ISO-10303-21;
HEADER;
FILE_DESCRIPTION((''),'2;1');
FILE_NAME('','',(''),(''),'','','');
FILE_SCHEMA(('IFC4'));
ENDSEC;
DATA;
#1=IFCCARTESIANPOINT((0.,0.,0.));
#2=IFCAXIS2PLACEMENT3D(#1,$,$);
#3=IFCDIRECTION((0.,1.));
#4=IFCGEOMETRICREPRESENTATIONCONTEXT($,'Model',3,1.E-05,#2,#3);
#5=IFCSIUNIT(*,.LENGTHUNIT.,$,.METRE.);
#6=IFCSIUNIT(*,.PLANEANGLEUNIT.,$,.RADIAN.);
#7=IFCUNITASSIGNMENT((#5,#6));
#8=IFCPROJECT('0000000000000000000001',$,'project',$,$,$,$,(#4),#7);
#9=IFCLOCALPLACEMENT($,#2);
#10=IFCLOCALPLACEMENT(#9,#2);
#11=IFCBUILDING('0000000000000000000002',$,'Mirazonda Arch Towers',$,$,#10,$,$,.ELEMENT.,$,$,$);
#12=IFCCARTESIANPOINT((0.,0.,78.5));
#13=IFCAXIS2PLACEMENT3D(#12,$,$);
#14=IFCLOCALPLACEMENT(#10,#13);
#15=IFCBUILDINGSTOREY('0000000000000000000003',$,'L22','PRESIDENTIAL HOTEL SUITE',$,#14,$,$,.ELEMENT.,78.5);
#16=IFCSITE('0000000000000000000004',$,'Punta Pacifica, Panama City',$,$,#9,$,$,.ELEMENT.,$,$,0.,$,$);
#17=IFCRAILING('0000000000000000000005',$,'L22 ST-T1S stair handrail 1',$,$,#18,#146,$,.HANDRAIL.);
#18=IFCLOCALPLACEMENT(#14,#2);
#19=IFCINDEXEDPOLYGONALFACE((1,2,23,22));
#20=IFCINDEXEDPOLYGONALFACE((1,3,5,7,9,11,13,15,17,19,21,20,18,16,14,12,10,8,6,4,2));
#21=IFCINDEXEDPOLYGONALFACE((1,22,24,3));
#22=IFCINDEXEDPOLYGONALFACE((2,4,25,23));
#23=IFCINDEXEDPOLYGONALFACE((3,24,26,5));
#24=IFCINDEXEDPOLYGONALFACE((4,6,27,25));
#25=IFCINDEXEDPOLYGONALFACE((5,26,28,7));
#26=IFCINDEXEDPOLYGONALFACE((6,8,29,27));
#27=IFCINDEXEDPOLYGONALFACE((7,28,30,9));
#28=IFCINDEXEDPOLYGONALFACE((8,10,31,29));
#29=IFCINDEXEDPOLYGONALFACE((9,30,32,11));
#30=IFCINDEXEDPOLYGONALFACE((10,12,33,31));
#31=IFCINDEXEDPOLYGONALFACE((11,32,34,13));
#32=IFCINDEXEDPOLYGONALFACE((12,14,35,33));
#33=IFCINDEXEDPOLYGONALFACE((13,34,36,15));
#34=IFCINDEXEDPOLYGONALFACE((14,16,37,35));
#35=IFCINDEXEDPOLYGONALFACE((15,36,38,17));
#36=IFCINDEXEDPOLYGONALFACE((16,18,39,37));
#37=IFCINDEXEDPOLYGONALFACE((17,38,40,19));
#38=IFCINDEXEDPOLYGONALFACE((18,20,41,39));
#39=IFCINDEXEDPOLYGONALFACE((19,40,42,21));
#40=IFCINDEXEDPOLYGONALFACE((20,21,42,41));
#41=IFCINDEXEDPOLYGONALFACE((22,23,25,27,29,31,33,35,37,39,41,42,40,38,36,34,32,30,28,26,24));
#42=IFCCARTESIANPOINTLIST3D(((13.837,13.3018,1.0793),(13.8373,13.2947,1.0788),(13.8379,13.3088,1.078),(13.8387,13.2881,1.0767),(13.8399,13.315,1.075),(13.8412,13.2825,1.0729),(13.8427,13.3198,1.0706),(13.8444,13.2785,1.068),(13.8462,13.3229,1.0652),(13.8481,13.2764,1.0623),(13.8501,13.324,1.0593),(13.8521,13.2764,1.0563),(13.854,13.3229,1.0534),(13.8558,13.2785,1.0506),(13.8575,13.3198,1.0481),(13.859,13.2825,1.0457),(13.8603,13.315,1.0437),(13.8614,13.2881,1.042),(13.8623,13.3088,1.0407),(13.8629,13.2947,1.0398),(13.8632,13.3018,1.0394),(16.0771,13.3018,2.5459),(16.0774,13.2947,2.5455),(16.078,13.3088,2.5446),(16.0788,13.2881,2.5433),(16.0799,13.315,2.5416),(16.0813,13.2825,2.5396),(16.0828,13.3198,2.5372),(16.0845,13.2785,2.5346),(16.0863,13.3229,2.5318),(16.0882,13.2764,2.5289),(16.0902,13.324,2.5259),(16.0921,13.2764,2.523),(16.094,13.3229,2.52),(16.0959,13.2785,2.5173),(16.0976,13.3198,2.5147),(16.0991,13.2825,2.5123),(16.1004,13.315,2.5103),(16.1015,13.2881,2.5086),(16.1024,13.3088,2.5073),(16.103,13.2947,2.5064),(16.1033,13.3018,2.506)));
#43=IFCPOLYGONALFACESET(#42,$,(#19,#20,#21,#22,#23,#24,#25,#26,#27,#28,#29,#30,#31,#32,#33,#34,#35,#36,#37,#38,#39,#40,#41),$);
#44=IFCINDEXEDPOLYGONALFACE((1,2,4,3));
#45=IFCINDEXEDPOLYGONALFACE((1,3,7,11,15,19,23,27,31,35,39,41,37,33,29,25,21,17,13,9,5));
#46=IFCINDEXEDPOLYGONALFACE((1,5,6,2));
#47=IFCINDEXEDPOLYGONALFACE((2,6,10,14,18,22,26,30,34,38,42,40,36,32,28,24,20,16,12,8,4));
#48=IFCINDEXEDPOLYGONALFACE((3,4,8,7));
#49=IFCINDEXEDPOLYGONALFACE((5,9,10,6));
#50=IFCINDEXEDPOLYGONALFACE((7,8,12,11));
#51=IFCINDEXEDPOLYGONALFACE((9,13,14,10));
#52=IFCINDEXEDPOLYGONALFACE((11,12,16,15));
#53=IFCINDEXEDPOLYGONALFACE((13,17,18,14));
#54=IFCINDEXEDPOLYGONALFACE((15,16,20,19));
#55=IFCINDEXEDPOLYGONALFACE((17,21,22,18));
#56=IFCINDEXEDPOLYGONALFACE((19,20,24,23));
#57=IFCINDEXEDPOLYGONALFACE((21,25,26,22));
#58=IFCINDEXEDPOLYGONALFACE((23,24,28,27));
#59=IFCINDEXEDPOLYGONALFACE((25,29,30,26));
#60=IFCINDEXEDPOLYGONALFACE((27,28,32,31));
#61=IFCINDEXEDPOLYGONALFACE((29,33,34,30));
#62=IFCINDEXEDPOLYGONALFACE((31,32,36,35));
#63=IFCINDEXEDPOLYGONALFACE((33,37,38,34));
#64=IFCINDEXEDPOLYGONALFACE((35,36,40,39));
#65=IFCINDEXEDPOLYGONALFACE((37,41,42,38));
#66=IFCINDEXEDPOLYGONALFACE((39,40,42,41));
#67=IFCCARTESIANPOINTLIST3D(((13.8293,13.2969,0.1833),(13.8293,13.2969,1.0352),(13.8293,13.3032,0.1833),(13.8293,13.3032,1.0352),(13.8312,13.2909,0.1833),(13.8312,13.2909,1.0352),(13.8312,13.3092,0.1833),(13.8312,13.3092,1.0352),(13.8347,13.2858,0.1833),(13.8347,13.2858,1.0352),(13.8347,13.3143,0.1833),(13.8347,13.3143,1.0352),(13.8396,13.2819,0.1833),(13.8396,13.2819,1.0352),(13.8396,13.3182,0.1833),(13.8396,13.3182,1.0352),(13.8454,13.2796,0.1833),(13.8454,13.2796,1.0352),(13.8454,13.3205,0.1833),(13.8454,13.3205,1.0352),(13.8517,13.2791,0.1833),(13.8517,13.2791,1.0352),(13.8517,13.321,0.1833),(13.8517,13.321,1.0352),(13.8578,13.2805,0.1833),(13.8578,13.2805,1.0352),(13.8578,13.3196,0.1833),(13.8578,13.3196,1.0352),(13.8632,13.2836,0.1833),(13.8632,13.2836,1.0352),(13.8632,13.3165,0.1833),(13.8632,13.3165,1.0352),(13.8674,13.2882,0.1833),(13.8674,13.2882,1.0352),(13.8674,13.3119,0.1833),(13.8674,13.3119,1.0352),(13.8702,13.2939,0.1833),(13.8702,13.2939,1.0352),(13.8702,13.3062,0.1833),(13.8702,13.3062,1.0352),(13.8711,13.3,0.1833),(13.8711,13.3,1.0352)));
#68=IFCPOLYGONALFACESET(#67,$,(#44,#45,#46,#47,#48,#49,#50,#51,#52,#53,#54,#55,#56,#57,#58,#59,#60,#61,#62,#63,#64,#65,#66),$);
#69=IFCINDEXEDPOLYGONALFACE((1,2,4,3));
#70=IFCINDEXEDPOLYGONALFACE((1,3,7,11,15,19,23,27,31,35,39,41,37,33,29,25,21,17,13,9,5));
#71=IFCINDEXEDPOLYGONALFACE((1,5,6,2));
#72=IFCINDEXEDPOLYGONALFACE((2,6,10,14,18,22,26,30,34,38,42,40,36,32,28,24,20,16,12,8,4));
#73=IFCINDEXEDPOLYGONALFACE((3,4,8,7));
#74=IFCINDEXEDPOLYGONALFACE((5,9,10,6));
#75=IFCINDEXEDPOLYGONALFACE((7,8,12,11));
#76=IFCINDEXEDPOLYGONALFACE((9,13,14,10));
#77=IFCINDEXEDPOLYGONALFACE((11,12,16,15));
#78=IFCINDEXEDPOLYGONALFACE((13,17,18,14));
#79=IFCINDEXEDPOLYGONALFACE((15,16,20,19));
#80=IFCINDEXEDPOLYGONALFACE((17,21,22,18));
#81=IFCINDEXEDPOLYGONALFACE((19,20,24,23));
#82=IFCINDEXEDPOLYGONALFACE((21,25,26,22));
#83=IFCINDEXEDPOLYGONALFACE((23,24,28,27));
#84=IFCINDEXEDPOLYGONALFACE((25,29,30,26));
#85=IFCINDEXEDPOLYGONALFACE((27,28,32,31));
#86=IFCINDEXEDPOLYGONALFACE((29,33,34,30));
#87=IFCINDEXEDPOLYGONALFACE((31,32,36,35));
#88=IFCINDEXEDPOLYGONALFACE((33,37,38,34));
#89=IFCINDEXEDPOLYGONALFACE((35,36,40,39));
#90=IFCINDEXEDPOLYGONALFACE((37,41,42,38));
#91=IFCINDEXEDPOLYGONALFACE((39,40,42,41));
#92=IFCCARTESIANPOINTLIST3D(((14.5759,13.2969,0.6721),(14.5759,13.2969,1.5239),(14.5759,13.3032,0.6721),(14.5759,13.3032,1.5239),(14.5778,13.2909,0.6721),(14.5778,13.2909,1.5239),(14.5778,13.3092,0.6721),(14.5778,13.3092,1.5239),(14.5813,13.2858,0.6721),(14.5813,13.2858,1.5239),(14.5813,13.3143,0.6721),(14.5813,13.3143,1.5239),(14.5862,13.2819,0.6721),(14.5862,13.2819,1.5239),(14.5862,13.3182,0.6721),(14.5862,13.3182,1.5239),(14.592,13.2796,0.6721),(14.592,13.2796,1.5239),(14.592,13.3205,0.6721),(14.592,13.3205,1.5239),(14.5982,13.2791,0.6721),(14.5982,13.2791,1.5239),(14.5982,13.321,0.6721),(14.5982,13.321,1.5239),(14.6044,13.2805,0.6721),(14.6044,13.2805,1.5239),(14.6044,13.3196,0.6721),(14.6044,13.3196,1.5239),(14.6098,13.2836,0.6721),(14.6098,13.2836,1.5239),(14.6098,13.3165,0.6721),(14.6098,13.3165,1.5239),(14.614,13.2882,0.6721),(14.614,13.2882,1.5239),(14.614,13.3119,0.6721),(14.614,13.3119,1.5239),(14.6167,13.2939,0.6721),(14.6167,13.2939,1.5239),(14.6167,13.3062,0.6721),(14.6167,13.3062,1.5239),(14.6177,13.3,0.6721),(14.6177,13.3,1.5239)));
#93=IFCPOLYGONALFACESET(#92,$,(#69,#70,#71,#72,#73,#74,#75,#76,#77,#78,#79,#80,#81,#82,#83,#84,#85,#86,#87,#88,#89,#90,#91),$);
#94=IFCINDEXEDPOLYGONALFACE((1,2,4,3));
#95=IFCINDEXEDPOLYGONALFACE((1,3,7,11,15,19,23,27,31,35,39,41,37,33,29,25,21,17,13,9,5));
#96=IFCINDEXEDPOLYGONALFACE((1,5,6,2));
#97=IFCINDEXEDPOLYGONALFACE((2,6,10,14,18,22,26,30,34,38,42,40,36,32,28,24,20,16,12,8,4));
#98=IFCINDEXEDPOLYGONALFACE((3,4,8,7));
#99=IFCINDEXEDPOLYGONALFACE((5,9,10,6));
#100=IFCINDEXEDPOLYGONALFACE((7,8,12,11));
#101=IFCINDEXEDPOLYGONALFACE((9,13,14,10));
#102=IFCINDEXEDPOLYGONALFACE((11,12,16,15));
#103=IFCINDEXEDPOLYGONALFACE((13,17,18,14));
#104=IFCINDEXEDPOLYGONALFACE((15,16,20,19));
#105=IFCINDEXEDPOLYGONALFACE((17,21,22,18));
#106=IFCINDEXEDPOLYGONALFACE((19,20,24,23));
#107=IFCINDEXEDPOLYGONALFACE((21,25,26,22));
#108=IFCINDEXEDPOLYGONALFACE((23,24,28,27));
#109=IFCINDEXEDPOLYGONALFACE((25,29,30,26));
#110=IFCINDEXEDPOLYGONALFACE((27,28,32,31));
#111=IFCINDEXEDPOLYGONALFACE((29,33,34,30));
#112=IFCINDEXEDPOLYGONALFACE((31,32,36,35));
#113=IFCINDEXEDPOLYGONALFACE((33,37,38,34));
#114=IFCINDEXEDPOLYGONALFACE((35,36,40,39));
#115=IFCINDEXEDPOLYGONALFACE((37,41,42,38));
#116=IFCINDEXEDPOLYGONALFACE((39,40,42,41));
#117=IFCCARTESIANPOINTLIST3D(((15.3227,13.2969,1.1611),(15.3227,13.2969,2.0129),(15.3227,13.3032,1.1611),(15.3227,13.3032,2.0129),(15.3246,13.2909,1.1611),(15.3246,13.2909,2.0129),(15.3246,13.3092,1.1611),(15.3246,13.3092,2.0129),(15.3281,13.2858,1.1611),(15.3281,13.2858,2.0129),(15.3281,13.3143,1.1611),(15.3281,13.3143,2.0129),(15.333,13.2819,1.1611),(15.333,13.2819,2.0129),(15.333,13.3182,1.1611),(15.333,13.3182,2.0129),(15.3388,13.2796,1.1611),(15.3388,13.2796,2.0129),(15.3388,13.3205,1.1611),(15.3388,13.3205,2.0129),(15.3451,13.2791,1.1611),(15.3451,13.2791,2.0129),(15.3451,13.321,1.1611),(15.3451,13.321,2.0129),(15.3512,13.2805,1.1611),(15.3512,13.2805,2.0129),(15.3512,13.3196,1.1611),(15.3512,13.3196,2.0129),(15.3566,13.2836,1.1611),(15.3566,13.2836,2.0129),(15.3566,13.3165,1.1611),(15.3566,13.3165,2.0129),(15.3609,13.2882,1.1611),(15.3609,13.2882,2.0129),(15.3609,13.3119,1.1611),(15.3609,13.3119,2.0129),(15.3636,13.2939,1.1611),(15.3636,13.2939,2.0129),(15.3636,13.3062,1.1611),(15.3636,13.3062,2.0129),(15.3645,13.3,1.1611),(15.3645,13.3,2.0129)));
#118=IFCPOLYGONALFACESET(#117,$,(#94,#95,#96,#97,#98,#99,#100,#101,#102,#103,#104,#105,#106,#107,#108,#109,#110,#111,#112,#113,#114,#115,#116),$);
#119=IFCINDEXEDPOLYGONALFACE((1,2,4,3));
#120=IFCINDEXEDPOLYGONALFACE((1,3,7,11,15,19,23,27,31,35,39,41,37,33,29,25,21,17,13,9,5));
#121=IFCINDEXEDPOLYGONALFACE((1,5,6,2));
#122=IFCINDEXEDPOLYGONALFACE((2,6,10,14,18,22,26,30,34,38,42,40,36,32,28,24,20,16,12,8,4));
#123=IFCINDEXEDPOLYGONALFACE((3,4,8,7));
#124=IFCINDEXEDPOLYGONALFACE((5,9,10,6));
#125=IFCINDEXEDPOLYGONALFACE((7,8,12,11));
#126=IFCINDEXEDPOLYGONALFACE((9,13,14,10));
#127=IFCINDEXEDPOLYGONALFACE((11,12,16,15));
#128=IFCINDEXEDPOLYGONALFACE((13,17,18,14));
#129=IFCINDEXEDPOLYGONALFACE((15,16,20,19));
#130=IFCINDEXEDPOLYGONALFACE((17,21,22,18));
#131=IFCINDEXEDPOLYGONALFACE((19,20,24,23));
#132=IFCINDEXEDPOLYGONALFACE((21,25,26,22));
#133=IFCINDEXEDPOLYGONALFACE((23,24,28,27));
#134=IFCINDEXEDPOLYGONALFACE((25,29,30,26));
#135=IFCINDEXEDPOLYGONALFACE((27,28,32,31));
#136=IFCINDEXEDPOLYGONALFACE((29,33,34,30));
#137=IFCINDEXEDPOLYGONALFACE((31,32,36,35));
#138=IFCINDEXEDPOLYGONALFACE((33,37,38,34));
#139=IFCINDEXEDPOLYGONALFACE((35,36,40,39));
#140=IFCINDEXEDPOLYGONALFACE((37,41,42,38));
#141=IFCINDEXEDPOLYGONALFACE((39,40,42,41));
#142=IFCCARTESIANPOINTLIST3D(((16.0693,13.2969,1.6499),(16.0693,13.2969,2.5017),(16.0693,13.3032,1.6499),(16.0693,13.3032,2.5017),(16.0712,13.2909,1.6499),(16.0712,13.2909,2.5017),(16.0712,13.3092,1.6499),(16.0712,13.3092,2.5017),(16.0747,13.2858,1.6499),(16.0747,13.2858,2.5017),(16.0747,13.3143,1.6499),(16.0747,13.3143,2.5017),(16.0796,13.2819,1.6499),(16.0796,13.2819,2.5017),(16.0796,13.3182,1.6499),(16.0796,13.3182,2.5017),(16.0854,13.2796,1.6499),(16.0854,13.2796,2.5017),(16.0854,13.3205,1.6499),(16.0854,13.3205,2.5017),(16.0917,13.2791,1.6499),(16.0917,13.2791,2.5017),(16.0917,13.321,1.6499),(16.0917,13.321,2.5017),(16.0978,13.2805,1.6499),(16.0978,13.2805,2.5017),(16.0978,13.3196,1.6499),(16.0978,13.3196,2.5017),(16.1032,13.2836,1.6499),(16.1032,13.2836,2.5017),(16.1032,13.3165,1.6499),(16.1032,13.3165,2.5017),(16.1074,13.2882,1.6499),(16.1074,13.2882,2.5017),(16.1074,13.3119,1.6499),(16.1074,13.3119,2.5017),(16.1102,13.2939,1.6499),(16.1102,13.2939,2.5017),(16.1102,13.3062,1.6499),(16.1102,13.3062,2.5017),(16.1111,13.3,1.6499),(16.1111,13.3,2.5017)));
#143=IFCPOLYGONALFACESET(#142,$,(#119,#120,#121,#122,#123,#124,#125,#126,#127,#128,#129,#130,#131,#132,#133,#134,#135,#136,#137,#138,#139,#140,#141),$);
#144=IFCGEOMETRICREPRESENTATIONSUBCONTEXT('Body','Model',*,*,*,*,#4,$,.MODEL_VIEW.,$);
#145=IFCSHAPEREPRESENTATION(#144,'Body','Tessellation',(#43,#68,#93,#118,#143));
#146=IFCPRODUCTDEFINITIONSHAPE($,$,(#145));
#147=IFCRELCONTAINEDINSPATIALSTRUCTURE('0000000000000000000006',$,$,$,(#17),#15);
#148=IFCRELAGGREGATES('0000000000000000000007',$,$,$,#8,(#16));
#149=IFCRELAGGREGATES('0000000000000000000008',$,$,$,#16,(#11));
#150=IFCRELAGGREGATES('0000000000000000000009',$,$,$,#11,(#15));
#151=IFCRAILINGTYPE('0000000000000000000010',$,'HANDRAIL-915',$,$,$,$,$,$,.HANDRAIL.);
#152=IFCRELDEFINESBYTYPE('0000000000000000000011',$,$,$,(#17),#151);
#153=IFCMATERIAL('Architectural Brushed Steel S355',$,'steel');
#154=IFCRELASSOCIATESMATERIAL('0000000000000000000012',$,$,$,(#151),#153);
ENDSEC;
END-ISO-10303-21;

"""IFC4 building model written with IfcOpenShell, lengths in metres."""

from ifc_helpers import new_model, si_unit, direction, frame, origin, origin_2d, place, context, subcontext, project, spatial, circle, extrude, material, type_object, element, save


model = new_model("IFC4")

# Units and contexts
model_context = context("Model", 3, precision=1e-05, world=origin(), true_north=direction((0.0, 1.0)))
body_context = subcontext(model_context, "Body", "Model", "MODEL_VIEW")
ifc_project = project(units=[si_unit("LENGTHUNIT", "METRE"), si_unit("PLANEANGLEUNIT", "RADIAN")], contexts=[model_context])

# Site, building, storey
site_placement = place(None, origin())
site = spatial("IfcSite", under=ifc_project, at=site_placement, Name="Punta Pacifica, Panama City", CompositionType="ELEMENT", RefElevation=0.0)
building_placement = place(site_placement, origin())
building = spatial("IfcBuilding", under=site, at=building_placement, Name="Mirazonda Arch Towers", CompositionType="ELEMENT")
storey_placement = place(building_placement, frame((0.0, 0.0, 78.5)))
storey = spatial("IfcBuildingStorey", under=building, at=storey_placement, Name="L22", Description="PRESIDENTIAL HOTEL SUITE", CompositionType="ELEMENT", Elevation=78.5)

# Shared definitions
ifc_material_1 = material(Name="Architectural Brushed Steel S355", Category="steel")

# Railing
railing_type_1 = type_object("IfcRailingType", Name="HANDRAIL-915", PredefinedType="HANDRAIL", material=ifc_material_1)
railing_1_placement = place(storey_placement, frame((13.8501, 13.3, 0.1833)))
element("IfcRailing", 1, at=railing_1_placement, inside=storey, type_object=railing_type_1, Name="L22 ST-T1S stair handrail 1", PredefinedType="HANDRAIL", context=body_context, shape_type="SweptSolid", body=[
    extrude(circle(Radius=0.0239, at=origin_2d()), frame((0.0, 0.0, 0.876), z_axis=(0.836637, 0.0, 0.547758), x_axis=(0.0, 1.0, 0.0)), (0.0, 0.0, 1.0), 2.6775),
    extrude(circle(Radius=0.021, at=origin_2d()), origin(), (0.0, 0.0, 1.0), 0.8518),
    extrude(circle(Radius=0.021, at=origin_2d()), frame((0.7466, 0.0, 0.4888)), (0.0, 0.0, 1.0), 0.8518),
    extrude(circle(Radius=0.021, at=origin_2d()), frame((1.4934, 0.0, 0.9778)), (0.0, 0.0, 1.0), 0.8518),
    extrude(circle(Radius=0.021, at=origin_2d()), frame((2.24, 0.0, 1.4666)), (0.0, 0.0, 1.0), 0.8518),
])

save(model, "model.ifc")
